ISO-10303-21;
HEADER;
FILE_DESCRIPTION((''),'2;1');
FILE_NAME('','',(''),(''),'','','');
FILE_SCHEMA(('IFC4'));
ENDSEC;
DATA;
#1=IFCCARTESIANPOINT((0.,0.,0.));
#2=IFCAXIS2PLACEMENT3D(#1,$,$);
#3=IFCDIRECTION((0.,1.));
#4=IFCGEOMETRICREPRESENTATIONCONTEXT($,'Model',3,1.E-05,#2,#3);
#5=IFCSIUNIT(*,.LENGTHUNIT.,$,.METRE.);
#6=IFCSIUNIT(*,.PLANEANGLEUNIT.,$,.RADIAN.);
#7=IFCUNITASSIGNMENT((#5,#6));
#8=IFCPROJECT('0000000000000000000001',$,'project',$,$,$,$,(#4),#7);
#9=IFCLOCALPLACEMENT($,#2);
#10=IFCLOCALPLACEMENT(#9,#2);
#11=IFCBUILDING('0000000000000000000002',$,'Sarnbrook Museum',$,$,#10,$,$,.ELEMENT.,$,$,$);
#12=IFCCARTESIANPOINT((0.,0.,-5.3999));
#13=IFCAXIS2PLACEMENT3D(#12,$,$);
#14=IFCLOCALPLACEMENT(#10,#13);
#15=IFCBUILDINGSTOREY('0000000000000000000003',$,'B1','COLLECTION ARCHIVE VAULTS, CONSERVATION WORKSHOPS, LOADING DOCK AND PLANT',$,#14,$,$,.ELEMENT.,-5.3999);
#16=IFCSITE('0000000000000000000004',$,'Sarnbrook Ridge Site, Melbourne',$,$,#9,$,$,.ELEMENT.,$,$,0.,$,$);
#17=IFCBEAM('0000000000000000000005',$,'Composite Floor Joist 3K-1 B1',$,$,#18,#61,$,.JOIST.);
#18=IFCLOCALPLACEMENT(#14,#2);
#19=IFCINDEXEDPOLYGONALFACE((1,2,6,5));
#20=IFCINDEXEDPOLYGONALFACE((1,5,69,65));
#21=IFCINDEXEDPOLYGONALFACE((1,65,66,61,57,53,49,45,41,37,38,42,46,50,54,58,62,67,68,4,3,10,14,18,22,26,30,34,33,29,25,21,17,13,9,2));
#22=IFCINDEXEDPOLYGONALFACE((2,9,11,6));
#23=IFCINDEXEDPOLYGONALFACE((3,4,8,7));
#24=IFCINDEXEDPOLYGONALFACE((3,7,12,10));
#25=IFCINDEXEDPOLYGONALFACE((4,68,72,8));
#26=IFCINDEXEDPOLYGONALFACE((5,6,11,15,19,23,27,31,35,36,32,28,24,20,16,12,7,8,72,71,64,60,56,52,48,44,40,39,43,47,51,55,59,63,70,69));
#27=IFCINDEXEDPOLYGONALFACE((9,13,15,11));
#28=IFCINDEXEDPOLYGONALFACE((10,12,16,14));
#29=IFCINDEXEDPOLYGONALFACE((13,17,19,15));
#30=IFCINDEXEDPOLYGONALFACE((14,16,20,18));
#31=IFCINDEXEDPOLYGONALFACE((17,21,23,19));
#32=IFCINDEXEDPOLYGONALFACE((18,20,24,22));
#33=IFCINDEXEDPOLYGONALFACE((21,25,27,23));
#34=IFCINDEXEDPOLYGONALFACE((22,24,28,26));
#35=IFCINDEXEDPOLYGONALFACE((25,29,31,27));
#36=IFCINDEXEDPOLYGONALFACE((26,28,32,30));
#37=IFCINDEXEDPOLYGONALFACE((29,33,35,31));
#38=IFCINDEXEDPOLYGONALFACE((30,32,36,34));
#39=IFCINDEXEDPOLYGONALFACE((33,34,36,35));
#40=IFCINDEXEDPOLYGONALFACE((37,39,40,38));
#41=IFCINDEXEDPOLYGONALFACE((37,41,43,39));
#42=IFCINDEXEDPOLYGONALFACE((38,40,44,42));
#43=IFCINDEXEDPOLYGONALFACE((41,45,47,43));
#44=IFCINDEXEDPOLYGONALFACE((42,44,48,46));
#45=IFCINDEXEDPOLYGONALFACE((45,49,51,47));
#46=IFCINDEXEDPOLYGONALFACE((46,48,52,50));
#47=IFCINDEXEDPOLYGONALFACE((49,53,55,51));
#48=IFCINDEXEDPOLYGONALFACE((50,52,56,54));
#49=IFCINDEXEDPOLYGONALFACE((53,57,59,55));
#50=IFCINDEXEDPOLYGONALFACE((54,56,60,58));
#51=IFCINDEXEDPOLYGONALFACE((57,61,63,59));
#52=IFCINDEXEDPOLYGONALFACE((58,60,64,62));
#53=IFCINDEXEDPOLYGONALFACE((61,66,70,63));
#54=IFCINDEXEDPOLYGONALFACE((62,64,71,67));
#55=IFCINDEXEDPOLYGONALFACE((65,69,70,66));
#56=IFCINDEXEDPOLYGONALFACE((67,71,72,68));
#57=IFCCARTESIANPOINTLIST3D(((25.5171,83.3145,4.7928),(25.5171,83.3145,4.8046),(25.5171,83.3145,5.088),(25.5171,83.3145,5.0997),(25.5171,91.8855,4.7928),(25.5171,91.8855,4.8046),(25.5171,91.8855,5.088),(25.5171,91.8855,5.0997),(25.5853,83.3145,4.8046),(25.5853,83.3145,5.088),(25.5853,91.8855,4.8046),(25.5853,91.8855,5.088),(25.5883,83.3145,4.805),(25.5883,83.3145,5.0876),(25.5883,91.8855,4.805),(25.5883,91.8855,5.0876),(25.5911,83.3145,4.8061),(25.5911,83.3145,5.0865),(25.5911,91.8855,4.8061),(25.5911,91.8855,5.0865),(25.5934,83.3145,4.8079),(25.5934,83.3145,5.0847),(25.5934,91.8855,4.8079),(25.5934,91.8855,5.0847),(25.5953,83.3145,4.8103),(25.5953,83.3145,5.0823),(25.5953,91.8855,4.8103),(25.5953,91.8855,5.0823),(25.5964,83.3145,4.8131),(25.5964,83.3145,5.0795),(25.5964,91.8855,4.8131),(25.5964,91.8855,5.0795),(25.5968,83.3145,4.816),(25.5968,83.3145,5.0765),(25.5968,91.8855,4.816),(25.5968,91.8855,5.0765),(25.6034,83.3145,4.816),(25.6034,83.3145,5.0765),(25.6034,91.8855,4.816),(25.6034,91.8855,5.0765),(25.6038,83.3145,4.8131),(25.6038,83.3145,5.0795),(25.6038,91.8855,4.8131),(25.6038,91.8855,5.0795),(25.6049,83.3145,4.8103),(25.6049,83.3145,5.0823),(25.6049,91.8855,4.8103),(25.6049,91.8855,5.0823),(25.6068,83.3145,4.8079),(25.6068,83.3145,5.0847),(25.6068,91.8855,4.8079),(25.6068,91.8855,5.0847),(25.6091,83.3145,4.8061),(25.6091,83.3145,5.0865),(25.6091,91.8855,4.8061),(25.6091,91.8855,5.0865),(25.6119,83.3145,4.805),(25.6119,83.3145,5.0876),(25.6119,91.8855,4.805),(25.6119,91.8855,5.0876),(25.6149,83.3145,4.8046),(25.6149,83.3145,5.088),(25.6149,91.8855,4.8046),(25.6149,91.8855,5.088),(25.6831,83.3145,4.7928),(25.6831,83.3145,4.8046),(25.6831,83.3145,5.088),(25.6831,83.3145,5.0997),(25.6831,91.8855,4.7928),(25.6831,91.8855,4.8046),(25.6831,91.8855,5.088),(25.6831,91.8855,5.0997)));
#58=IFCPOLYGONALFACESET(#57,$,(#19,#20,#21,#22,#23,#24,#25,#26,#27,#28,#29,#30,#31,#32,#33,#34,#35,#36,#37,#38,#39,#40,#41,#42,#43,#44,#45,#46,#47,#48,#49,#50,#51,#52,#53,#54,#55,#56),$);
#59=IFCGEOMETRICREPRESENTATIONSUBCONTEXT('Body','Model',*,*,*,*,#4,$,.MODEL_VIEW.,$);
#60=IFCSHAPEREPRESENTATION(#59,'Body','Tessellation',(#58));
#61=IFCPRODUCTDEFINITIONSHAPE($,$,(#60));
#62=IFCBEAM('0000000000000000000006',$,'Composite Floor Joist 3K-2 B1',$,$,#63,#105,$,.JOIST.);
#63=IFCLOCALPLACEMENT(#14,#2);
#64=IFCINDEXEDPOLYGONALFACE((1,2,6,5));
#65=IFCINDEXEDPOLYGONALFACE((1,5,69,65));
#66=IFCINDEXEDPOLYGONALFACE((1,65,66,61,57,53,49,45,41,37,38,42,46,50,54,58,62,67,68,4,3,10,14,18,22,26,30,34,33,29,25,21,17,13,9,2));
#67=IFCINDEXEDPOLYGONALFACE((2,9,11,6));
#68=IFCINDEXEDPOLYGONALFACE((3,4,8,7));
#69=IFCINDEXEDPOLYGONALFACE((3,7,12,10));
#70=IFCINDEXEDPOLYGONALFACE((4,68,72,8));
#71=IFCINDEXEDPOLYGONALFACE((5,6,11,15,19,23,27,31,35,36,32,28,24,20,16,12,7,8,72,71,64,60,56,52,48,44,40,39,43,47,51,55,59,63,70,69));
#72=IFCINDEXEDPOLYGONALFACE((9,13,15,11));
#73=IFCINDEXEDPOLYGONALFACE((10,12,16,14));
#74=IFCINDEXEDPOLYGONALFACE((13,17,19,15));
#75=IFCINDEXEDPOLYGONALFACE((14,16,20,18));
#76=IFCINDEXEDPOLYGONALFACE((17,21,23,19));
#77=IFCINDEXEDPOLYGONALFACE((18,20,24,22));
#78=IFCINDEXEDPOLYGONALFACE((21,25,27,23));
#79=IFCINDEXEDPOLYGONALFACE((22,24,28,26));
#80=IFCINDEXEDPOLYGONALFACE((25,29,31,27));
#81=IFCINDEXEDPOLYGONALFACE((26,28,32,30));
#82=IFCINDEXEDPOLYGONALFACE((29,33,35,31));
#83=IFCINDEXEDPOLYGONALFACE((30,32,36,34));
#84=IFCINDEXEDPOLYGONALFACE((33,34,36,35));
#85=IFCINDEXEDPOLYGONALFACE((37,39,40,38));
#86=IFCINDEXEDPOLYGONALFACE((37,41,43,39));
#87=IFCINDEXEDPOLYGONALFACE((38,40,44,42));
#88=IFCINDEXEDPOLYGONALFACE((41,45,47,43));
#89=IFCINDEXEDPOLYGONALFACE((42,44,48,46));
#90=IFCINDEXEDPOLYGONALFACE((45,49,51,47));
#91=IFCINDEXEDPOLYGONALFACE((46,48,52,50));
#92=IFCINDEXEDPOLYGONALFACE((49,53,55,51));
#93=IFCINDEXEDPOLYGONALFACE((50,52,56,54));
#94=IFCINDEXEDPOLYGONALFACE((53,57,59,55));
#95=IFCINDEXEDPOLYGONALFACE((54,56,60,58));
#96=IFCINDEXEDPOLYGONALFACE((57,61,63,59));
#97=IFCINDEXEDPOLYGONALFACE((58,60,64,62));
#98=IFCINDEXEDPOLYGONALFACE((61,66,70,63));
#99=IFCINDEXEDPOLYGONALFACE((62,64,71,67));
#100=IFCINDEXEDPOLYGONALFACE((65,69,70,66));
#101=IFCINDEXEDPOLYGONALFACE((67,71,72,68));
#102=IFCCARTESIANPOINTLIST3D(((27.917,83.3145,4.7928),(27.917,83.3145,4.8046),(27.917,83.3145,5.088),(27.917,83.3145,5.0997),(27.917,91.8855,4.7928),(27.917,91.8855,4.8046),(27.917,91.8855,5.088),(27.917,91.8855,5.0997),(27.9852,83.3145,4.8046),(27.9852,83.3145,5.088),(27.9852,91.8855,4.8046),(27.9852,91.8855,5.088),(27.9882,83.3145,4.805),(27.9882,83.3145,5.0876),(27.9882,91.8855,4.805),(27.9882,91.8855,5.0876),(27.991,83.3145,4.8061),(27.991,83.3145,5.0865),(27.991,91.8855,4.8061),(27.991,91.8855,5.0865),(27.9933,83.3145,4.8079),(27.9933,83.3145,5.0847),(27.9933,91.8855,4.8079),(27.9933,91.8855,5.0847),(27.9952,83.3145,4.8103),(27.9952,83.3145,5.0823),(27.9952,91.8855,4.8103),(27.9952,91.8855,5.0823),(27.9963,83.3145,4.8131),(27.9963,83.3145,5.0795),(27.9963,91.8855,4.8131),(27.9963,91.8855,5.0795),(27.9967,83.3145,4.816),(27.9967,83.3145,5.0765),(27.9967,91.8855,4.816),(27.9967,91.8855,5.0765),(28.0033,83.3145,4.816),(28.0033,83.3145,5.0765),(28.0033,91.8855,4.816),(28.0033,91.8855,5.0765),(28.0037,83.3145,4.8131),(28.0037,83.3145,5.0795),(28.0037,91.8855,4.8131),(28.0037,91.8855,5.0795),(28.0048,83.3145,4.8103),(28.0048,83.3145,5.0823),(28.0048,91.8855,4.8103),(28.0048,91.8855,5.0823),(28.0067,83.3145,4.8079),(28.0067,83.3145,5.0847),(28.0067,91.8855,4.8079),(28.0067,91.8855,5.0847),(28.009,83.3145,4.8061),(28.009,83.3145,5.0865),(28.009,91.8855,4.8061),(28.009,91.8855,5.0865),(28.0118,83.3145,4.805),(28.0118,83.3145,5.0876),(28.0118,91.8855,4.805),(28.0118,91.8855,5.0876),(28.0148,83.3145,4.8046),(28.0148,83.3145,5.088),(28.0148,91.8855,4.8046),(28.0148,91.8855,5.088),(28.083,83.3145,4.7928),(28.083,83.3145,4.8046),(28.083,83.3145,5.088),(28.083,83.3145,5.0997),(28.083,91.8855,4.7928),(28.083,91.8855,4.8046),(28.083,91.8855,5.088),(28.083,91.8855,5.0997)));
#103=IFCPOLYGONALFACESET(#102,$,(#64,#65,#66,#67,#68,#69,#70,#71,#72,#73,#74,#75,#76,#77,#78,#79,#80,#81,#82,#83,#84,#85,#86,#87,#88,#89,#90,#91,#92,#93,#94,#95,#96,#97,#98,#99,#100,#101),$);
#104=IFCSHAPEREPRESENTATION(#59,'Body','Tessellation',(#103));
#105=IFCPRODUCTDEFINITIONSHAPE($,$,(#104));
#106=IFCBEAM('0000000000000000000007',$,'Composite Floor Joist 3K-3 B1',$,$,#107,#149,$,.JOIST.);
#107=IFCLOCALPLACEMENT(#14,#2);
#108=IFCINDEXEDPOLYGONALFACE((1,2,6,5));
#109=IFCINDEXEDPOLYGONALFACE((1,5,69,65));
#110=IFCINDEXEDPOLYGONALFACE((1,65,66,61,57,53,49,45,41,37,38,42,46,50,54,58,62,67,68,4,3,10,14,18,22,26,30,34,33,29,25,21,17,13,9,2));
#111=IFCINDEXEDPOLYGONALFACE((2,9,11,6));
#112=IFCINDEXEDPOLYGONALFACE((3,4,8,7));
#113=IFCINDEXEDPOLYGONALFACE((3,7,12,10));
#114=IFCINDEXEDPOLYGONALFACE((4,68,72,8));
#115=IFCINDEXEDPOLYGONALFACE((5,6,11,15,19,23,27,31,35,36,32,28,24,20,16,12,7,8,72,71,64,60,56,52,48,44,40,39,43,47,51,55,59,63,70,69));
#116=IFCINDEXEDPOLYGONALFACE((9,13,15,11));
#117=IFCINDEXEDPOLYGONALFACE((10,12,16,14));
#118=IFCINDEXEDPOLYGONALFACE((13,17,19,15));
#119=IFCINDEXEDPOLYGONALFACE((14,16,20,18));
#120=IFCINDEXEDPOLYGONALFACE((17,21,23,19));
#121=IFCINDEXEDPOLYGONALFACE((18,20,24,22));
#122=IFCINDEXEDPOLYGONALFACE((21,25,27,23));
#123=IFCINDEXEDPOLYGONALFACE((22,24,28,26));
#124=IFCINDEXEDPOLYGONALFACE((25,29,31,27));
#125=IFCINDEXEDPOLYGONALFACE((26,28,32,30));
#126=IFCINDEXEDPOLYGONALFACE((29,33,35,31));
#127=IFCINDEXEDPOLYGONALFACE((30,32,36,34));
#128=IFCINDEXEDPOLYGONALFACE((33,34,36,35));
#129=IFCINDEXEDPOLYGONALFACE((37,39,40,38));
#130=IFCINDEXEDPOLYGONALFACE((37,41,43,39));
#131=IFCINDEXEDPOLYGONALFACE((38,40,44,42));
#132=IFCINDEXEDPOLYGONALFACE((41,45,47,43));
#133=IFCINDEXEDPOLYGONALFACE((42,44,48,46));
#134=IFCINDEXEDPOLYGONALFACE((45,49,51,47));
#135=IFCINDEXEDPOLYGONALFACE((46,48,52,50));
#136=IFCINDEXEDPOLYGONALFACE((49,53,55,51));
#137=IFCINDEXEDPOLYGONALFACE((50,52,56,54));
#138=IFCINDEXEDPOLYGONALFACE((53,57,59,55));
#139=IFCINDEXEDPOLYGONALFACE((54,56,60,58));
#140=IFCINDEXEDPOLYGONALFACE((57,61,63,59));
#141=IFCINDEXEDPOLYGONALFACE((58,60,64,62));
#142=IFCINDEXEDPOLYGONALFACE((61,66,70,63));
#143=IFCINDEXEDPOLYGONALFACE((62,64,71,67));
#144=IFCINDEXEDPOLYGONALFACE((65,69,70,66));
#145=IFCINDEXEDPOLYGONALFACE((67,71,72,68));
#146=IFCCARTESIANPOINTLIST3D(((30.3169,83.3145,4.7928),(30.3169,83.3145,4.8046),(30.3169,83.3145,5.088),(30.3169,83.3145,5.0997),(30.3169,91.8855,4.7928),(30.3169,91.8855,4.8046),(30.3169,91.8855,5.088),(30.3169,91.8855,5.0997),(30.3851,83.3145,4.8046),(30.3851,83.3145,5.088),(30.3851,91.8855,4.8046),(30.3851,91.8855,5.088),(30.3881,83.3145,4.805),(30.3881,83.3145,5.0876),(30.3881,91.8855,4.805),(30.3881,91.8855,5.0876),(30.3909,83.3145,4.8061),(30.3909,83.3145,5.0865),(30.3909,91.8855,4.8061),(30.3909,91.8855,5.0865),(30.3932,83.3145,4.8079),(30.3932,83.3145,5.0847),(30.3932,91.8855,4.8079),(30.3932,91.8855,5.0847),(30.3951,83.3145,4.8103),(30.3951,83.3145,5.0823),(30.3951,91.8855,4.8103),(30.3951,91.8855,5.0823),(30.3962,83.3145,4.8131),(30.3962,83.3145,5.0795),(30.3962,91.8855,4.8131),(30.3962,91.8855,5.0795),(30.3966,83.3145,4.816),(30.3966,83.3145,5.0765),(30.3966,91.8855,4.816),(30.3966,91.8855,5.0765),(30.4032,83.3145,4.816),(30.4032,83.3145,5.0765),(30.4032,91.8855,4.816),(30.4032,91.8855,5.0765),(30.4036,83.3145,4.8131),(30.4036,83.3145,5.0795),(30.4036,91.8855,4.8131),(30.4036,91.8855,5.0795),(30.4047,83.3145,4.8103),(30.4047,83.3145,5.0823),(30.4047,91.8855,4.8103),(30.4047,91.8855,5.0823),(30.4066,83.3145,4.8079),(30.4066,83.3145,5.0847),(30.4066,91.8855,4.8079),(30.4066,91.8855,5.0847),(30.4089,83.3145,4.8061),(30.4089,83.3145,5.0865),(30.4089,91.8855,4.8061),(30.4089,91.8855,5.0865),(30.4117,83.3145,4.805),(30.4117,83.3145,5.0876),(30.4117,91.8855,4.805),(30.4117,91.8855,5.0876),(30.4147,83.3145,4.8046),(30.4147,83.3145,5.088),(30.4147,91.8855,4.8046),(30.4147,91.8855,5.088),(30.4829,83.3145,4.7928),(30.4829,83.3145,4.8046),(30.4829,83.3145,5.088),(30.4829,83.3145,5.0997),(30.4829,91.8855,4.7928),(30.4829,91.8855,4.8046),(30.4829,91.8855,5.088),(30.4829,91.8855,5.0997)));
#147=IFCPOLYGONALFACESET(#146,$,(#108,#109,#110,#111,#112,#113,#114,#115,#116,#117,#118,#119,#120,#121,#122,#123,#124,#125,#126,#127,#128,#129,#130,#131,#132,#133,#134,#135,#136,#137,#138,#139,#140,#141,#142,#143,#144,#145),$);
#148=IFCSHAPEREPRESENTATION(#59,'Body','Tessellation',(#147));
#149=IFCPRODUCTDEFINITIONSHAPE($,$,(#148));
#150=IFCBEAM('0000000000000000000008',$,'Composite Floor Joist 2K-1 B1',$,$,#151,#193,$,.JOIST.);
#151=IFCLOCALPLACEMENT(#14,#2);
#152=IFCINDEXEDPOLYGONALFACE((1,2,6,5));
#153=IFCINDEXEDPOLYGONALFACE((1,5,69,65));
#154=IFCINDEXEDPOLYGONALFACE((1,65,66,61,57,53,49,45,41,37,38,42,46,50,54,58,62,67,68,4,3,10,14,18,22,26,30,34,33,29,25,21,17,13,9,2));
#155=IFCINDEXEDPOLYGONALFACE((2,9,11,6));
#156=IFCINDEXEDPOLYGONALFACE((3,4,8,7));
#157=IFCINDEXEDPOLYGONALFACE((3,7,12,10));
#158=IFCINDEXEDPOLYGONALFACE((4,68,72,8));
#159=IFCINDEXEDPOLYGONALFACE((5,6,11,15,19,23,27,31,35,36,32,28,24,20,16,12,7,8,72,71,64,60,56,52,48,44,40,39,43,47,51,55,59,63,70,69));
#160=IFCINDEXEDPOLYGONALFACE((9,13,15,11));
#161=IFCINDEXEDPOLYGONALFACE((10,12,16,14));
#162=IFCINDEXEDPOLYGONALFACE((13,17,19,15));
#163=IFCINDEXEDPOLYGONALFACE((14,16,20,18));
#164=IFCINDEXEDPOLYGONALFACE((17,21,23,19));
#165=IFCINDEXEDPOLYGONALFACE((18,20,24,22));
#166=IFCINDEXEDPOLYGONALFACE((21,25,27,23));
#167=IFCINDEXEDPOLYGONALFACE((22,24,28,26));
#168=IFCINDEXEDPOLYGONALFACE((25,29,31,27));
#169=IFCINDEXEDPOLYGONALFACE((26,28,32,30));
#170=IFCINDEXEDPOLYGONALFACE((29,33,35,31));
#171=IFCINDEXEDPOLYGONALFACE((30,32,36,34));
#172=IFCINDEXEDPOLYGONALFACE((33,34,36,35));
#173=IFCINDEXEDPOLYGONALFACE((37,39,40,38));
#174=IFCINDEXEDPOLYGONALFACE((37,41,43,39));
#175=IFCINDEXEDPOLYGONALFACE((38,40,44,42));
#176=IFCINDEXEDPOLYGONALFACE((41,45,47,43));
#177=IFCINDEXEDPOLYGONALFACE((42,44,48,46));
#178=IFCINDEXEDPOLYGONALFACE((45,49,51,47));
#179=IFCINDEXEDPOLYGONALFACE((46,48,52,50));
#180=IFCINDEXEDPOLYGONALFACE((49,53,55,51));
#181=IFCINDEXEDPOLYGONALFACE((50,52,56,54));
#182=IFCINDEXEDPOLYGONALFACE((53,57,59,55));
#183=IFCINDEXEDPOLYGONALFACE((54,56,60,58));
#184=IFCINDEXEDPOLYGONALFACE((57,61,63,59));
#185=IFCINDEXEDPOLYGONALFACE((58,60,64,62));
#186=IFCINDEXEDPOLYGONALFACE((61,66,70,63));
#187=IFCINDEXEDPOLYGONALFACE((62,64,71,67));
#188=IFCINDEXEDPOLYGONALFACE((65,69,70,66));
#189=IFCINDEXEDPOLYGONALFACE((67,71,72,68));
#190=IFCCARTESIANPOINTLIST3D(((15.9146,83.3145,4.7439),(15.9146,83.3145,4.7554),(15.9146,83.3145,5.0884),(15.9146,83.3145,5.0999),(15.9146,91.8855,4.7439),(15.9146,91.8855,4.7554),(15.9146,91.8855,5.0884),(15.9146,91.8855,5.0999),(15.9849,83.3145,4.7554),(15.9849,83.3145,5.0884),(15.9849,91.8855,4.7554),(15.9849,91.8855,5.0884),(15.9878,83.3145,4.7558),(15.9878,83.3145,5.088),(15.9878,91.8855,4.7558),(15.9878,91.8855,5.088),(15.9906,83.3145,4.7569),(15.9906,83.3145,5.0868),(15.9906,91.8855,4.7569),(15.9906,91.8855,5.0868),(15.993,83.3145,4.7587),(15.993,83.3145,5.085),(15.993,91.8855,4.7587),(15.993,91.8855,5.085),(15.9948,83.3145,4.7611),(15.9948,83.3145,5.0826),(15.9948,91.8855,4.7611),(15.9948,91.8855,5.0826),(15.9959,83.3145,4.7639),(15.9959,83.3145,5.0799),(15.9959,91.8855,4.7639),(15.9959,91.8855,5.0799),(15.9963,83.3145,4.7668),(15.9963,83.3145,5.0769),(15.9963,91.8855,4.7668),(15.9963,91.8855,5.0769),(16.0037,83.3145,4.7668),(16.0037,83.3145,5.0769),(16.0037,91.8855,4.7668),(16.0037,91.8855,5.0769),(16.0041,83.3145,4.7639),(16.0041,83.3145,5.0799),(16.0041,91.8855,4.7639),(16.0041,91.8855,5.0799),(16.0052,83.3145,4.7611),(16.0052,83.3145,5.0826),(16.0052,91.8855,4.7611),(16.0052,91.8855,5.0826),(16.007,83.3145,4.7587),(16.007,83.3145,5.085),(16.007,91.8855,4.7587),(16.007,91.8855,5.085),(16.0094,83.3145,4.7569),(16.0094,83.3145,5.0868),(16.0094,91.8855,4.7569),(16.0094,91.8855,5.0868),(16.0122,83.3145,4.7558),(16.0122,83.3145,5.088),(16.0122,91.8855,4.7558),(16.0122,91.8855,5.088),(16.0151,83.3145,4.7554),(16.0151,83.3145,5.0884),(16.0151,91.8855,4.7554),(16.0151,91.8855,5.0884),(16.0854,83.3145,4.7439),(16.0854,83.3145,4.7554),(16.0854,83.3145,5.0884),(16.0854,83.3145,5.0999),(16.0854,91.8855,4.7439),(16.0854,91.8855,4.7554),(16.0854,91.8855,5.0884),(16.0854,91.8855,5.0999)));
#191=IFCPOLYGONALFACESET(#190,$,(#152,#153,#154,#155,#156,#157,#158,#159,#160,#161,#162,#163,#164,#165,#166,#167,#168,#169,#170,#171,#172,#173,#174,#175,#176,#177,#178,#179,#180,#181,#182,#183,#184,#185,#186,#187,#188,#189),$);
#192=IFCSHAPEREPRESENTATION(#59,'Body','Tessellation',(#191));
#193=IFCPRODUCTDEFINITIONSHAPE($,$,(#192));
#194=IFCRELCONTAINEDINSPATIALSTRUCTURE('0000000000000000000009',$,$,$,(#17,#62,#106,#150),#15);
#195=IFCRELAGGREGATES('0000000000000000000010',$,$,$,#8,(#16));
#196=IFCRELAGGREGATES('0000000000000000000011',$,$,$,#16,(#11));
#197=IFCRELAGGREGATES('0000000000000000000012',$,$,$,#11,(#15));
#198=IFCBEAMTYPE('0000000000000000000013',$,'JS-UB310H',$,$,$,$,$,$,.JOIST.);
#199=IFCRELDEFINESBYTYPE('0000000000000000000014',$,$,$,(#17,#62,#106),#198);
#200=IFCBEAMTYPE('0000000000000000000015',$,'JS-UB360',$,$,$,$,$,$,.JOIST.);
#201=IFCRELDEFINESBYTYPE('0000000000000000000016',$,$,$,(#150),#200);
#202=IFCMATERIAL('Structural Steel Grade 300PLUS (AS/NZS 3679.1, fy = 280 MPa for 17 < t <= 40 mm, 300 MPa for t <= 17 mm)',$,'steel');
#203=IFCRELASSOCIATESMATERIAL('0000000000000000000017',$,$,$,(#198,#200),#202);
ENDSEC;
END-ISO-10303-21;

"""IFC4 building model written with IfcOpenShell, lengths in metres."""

from ifc_helpers import new_model, si_unit, direction, frame, origin, origin_2d, place, context, subcontext, project, spatial, i_section, extrude, material, material_profile, profile_set, type_object, element, save


model = new_model("IFC4")

# Units and contexts
model_context = context("Model", 3, precision=1e-05, world=origin(), true_north=direction((0.0, 1.0)))
body_context = subcontext(model_context, "Body", "Model", "MODEL_VIEW")
ifc_project = project(units=[si_unit("LENGTHUNIT", "METRE"), si_unit("PLANEANGLEUNIT", "RADIAN")], contexts=[model_context])

# Site, building, storey
site_placement = place(None, origin())
site = spatial("IfcSite", under=ifc_project, at=site_placement, Name="Sarnbrook Ridge Site, Melbourne", CompositionType="ELEMENT", RefElevation=0.0)
building_placement = place(site_placement, origin())
building = spatial("IfcBuilding", under=site, at=building_placement, Name="Sarnbrook Museum", CompositionType="ELEMENT")
storey_placement = place(building_placement, frame((0.0, 0.0, -5.3999)))
storey = spatial("IfcBuildingStorey", under=building, at=storey_placement, Name="B1", Description="COLLECTION ARCHIVE VAULTS, CONSERVATION WORKSHOPS, LOADING DOCK AND PLANT", CompositionType="ELEMENT", Elevation=-5.3999)

# Beams
ifc_material_1 = material(Name="Structural Steel Grade 300PLUS (AS/NZS 3679.1, fy = 280 MPa for 17 < t <= 40 mm, 300 MPa for t <= 17 mm)", Category="steel")
ifc_material_profile_1 = material_profile(ifc_material_1, i_section(OverallWidth=0.166, OverallDepth=0.3069, WebThickness=0.0066, FlangeThickness=0.0117, FilletRadius=0.0115, at=origin_2d()), Name="310UB46.2")
ifc_profile_set_1 = profile_set([ifc_material_profile_1], Name="Structural Steel Grade 300PLUS (AS/NZS 3679.1, fy = 280 MPa for 17 < t <= 40 mm, 300 MPa for t <= 17 mm)")
beam_type_1 = type_object("IfcBeamType", Name="JS-UB310H", PredefinedType="JOIST", material=ifc_profile_set_1)
for number, where, z_axis, x_axis, name in (
    (1, (25.6001, 83.3145, 4.9463), (0.0, 1.0, 0.0), (-1.0, 0.0, 0.0), "Composite Floor Joist 3K-1 B1"),
    (2, (28.0, 83.3145, 4.9463), (0.0, 1.0, 0.0), (-1.0, 0.0, 0.0), "Composite Floor Joist 3K-2 B1"),
    (3, (30.3999, 83.3145, 4.9463), (0.0, 1.0, 0.0), (-1.0, 0.0, 0.0), "Composite Floor Joist 3K-3 B1"),
):
    element("IfcBeam", number, at=place(storey_placement, frame(where, z_axis=z_axis, x_axis=x_axis)), inside=storey, type_object=beam_type_1, Name=name, PredefinedType="JOIST", context=body_context, shape_type="SweptSolid", body=[
        extrude(i_section(OverallWidth=0.166, OverallDepth=0.3069, WebThickness=0.0066, FlangeThickness=0.0117, FilletRadius=0.0115, at=origin_2d()), origin(), (0.0, 0.0, 1.0), 8.571),
    ])
ifc_material_profile_2 = material_profile(ifc_material_1, i_section(OverallWidth=0.1709, OverallDepth=0.356, WebThickness=0.0073, FlangeThickness=0.0115, FilletRadius=0.0115, at=origin_2d()), Name="360UB50.7")
ifc_profile_set_2 = profile_set([ifc_material_profile_2], Name="Structural Steel Grade 300PLUS (AS/NZS 3679.1, fy = 280 MPa for 17 < t <= 40 mm, 300 MPa for t <= 17 mm)")
beam_type_2 = type_object("IfcBeamType", Name="JS-UB360", PredefinedType="JOIST", material=ifc_profile_set_2)
for number, where, z_axis, x_axis, name in (
    (4, (16.0, 83.3145, 4.9219), (0.0, 1.0, 0.0), (-1.0, 0.0, 0.0), "Composite Floor Joist 2K-1 B1"),
):
    element("IfcBeam", number, at=place(storey_placement, frame(where, z_axis=z_axis, x_axis=x_axis)), inside=storey, type_object=beam_type_2, Name=name, PredefinedType="JOIST", context=body_context, shape_type="SweptSolid", body=[
        extrude(i_section(OverallWidth=0.1709, OverallDepth=0.356, WebThickness=0.0073, FlangeThickness=0.0115, FilletRadius=0.0115, at=origin_2d()), origin(), (0.0, 0.0, 1.0), 8.571),
    ])

save(model, "model.ifc")
